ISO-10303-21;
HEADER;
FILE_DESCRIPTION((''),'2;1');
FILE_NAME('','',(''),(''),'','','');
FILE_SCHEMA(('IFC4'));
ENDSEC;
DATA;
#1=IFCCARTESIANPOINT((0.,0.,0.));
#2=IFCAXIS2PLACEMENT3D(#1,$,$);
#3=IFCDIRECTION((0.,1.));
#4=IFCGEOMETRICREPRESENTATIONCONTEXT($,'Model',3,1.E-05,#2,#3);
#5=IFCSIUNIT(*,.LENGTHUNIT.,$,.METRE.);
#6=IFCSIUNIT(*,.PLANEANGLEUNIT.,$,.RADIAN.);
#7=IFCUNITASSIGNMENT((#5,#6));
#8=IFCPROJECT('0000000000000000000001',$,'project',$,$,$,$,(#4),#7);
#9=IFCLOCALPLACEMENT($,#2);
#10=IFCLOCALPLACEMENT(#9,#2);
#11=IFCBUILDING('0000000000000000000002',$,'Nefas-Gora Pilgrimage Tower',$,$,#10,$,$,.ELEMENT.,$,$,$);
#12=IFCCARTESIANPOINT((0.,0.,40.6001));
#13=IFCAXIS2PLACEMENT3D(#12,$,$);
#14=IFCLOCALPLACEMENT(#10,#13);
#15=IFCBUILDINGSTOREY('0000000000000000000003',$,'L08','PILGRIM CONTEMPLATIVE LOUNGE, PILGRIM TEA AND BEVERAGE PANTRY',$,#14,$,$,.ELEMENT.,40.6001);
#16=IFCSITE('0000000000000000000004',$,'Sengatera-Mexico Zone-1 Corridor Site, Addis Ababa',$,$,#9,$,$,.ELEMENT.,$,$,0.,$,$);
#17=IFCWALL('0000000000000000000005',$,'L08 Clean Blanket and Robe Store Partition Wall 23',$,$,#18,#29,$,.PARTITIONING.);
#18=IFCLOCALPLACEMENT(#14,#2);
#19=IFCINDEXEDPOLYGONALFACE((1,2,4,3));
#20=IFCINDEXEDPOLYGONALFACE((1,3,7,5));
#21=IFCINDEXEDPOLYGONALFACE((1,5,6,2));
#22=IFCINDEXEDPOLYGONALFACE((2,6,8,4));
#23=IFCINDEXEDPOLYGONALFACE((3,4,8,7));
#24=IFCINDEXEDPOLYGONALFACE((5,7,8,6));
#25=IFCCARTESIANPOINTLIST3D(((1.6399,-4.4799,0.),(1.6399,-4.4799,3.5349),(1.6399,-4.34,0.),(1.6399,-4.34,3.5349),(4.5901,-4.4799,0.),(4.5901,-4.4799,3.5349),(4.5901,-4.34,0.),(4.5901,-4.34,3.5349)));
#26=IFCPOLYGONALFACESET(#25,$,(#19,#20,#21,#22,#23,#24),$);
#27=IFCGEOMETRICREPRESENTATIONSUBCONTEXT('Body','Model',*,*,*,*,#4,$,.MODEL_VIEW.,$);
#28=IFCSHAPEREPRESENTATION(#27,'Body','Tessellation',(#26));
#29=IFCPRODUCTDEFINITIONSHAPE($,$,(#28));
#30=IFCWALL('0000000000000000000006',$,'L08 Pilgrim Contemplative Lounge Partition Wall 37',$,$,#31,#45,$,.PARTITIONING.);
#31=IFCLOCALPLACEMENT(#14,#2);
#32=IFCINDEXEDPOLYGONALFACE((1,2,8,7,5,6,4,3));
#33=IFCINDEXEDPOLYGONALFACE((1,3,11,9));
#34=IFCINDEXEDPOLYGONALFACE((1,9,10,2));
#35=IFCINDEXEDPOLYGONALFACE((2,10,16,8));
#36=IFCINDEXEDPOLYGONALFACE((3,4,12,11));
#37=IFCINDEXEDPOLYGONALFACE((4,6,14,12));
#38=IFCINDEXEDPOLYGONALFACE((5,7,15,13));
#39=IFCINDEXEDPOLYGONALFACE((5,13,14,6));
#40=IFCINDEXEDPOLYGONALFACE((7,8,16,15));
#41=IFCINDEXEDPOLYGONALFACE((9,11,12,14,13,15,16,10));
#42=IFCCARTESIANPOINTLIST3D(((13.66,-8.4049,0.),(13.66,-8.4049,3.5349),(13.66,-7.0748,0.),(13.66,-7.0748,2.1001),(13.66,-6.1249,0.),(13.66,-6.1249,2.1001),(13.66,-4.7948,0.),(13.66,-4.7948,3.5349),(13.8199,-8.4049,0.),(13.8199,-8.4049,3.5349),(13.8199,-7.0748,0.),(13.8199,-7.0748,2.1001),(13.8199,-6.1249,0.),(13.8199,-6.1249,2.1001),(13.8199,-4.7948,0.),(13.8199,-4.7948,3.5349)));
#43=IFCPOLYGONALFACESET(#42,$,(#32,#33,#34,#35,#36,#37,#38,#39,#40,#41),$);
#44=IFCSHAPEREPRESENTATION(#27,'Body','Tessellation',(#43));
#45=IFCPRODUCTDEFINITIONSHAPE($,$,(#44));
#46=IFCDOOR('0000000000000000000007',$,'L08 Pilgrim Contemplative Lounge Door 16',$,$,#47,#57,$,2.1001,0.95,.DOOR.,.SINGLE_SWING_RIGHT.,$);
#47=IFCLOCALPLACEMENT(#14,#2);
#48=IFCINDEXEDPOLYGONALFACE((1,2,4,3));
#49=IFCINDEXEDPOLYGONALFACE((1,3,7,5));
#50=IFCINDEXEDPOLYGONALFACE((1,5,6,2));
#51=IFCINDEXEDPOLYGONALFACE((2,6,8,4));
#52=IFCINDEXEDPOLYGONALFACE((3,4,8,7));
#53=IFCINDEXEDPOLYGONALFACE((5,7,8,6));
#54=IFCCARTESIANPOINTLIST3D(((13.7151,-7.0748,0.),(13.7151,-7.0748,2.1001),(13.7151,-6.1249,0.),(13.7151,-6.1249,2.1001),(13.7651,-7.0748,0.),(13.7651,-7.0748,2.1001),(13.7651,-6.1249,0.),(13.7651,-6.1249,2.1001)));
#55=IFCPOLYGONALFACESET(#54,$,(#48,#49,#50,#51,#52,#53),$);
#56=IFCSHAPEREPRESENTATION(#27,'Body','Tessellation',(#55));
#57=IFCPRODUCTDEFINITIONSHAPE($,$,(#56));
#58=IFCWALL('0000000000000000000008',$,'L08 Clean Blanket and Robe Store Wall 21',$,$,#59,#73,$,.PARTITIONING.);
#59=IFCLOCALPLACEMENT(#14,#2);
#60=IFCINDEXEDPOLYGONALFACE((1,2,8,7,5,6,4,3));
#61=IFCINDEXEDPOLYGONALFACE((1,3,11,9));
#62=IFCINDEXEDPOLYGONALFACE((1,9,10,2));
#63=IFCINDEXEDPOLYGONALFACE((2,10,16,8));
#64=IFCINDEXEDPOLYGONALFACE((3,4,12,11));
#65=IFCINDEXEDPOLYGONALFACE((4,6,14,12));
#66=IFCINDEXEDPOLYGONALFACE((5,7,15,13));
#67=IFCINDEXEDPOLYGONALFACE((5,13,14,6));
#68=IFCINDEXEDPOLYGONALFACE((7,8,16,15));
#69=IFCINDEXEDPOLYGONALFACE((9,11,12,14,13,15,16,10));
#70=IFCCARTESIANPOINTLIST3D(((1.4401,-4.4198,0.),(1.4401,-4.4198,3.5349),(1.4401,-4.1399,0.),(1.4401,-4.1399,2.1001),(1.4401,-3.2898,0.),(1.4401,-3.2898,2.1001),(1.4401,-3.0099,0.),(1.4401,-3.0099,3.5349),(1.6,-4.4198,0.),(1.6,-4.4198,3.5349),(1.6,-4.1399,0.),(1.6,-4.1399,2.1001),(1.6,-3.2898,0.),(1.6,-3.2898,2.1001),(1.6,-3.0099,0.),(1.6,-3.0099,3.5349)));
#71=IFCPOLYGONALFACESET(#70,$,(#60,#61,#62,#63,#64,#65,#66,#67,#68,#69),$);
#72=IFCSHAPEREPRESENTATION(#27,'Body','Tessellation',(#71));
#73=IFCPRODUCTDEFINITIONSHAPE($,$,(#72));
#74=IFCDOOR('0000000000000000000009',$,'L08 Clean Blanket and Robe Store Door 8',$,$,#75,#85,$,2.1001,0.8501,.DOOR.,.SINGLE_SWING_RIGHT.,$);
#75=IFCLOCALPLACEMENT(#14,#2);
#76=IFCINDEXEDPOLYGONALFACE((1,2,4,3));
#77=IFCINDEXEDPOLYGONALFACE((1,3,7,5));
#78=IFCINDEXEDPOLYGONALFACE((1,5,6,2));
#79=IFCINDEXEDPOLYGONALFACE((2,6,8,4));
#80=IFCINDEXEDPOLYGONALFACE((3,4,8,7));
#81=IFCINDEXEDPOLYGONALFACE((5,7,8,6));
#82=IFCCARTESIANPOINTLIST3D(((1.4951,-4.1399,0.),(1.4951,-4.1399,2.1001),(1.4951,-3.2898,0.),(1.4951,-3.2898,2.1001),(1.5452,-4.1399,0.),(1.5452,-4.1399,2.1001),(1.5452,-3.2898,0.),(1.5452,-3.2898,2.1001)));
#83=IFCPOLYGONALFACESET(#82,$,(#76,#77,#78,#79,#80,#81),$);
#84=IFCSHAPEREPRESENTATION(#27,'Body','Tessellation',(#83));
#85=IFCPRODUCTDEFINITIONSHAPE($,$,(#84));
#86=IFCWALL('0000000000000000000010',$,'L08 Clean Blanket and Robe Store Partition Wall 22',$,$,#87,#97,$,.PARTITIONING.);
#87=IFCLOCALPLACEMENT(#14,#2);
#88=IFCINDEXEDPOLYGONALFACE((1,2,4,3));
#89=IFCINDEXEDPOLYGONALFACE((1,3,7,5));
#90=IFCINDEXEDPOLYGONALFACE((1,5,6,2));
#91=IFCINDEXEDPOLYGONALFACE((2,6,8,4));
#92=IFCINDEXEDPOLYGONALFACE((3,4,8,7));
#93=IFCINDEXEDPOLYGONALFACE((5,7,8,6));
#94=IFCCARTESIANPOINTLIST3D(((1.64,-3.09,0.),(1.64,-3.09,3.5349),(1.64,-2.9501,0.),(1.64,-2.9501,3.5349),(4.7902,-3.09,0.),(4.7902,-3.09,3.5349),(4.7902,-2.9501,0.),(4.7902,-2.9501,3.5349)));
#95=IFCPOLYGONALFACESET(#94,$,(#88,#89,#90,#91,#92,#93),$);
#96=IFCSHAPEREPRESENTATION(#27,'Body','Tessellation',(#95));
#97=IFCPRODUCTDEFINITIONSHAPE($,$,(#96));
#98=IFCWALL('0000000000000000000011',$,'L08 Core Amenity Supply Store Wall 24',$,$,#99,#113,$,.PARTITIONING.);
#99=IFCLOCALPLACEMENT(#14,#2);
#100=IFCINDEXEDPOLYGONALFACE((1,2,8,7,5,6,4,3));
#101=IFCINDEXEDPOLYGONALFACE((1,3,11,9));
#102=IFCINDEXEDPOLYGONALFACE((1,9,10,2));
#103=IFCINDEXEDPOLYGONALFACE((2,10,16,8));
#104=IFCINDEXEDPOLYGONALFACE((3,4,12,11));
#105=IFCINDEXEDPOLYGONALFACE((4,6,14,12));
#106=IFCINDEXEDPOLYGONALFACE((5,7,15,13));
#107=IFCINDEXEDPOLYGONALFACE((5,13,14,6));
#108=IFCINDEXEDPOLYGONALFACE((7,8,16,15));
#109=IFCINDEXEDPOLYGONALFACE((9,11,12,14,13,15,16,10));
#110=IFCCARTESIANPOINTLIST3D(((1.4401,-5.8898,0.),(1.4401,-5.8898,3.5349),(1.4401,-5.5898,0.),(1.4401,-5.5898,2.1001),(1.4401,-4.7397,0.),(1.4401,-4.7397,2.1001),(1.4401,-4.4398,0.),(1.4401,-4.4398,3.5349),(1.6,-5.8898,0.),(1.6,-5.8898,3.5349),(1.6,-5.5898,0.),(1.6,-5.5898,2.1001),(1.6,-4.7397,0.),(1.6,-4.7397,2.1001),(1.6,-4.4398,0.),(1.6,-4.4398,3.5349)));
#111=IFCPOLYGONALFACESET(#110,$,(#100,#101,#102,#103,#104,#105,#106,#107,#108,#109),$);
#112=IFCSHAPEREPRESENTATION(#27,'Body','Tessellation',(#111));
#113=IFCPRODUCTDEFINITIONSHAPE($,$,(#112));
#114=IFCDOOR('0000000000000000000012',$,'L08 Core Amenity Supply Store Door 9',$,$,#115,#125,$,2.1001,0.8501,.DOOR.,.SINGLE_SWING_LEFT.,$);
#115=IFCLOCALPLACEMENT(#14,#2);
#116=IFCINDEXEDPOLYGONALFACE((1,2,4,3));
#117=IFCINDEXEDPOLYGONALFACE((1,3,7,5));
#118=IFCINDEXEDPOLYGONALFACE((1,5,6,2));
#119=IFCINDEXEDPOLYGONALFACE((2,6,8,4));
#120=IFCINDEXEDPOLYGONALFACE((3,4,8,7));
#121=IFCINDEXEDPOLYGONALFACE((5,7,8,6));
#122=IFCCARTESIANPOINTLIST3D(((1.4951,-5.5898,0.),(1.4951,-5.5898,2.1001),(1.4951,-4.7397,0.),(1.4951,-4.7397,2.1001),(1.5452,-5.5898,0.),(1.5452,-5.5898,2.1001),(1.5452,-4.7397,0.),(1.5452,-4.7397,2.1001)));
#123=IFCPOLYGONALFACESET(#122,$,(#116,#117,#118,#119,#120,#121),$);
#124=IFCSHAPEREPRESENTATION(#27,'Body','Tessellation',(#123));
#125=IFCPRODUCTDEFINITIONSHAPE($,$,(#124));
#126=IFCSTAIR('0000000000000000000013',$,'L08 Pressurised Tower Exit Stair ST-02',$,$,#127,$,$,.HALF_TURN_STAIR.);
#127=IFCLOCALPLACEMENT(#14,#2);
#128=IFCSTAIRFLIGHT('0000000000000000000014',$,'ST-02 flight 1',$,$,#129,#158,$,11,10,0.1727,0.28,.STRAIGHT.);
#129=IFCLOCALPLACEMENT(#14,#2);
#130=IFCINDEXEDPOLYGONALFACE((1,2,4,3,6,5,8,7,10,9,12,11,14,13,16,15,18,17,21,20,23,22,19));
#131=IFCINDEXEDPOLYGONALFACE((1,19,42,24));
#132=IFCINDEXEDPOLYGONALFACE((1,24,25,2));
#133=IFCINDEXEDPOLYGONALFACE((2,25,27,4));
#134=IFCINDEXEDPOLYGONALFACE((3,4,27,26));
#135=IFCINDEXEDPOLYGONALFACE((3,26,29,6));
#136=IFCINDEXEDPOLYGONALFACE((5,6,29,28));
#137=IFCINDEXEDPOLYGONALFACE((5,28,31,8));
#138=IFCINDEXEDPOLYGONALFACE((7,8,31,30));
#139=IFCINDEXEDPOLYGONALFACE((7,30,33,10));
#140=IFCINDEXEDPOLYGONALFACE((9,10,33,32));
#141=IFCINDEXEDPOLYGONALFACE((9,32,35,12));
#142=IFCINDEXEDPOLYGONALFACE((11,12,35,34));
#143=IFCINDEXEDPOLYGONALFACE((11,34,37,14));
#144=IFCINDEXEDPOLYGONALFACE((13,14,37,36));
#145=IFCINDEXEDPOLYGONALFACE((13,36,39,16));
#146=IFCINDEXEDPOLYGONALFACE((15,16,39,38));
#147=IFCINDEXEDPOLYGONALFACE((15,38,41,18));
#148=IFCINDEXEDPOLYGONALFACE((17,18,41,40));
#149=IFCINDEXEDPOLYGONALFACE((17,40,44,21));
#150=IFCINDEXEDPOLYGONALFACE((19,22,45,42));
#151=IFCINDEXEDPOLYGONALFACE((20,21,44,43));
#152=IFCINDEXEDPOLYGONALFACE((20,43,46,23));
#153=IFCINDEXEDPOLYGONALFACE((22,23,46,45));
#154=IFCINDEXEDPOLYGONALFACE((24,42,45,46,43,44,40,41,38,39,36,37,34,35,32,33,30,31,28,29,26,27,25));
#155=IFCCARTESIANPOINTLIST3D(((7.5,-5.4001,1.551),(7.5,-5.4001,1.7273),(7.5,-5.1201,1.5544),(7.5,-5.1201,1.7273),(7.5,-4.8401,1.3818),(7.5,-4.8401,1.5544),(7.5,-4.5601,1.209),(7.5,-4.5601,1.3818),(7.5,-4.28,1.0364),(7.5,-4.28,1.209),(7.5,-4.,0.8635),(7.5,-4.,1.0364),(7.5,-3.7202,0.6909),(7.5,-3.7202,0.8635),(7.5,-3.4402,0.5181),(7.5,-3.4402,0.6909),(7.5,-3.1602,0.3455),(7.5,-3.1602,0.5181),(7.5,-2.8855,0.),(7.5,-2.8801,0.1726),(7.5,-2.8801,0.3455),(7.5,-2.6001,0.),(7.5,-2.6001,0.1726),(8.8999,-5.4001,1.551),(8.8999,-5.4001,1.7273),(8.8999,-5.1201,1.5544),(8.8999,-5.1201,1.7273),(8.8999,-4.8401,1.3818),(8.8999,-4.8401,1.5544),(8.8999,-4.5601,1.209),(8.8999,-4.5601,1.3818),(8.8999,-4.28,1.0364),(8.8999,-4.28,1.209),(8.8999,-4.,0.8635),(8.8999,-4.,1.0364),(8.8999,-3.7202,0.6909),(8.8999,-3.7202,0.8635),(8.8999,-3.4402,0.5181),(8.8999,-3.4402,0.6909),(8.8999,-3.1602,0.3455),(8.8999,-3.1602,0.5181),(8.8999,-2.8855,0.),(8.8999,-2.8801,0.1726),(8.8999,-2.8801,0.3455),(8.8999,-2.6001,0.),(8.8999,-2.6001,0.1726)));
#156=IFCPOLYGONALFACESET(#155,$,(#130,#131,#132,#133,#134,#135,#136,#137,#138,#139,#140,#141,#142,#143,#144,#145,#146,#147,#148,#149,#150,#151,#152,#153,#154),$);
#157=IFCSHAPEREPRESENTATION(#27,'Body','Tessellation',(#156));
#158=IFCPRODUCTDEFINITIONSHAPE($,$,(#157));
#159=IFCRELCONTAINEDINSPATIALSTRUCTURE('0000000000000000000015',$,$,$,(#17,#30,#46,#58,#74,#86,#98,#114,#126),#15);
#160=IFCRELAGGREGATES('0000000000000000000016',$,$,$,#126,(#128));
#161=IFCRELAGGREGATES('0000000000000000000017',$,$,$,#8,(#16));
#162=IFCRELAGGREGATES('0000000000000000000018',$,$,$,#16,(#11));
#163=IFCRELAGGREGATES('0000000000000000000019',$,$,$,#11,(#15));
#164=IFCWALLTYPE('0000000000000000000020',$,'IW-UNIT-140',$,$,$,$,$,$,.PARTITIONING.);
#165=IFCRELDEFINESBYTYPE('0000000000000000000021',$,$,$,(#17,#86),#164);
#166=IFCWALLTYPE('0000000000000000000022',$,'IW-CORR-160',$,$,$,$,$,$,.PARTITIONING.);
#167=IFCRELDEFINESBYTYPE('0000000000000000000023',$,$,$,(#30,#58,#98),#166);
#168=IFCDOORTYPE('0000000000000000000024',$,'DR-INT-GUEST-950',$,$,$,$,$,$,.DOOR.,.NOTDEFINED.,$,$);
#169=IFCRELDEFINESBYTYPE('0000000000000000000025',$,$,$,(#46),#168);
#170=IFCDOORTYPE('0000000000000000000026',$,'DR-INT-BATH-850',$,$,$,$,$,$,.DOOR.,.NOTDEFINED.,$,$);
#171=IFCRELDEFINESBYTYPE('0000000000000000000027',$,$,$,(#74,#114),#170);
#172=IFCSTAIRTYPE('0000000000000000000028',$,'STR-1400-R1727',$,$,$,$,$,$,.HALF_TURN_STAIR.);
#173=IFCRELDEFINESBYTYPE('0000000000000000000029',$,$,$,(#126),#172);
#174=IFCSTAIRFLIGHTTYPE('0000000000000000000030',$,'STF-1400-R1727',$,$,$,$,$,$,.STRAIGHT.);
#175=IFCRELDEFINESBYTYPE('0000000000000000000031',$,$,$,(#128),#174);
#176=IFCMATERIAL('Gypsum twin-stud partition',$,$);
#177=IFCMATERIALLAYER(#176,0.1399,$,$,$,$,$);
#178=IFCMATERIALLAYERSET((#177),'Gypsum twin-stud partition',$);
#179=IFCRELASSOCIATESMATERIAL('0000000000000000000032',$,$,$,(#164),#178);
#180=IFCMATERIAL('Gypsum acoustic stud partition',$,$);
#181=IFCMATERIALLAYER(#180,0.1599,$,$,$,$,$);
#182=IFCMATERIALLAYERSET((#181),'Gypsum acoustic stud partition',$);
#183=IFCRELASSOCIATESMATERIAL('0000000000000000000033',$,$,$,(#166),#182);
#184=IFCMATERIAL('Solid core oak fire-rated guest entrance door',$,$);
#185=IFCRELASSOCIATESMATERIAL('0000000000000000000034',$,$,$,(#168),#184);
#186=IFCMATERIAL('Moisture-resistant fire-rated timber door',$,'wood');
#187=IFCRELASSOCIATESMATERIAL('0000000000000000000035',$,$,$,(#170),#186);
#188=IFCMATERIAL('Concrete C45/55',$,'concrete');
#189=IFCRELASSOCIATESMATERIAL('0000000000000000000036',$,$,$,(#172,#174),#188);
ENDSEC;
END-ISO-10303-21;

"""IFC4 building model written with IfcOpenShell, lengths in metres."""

from ifc_helpers import new_model, si_unit, direction, frame, frame_2d, origin, place, context, subcontext, project, spatial, polyline, rectangle, outline, extrude, source, transform, mapped, material, layer, layer_set, type_object, element, fill, aggregate, save


model = new_model("IFC4")

# Units and contexts
model_context = context("Model", 3, precision=1e-05, world=origin(), true_north=direction((0.0, 1.0)))
body_context = subcontext(model_context, "Body", "Model", "MODEL_VIEW")
ifc_project = project(units=[si_unit("LENGTHUNIT", "METRE"), si_unit("PLANEANGLEUNIT", "RADIAN")], contexts=[model_context])

# Site, building, storey
site_placement = place(None, origin())
site = spatial("IfcSite", under=ifc_project, at=site_placement, Name="Sengatera-Mexico Zone-1 Corridor Site, Addis Ababa", CompositionType="ELEMENT", RefElevation=0.0)
building_placement = place(site_placement, origin())
building = spatial("IfcBuilding", under=site, at=building_placement, Name="Nefas-Gora Pilgrimage Tower", CompositionType="ELEMENT")
storey_placement = place(building_placement, frame((0.0, 0.0, 40.6001)))
storey = spatial("IfcBuildingStorey", under=building, at=storey_placement, Name="L08", Description="PILGRIM CONTEMPLATIVE LOUNGE, PILGRIM TEA AND BEVERAGE PANTRY", CompositionType="ELEMENT", Elevation=40.6001)

# Shared definitions
ifc_material_1 = material(Name="Concrete C45/55", Category="concrete")

# Wall
ifc_material_2 = material(Name="Gypsum twin-stud partition")
ifc_layer_1 = layer(ifc_material_2, 0.1399)
ifc_layer_set_1 = layer_set([ifc_layer_1], Name="Gypsum twin-stud partition")
wall_type_1 = type_object("IfcWallType", Name="IW-UNIT-140", PredefinedType="PARTITIONING", material=ifc_layer_set_1)
ifc_material_3 = material(Name="Gypsum acoustic stud partition")
ifc_layer_2 = layer(ifc_material_3, 0.1599)
ifc_layer_set_2 = layer_set([ifc_layer_2], Name="Gypsum acoustic stud partition")
wall_type_2 = type_object("IfcWallType", Name="IW-CORR-160", PredefinedType="PARTITIONING", material=ifc_layer_set_2)
shared_shape_1 = source(origin(), body_context, "Body", "SweptSolid", [
    extrude(rectangle(XDim=2.9502, YDim=0.1399, at=frame_2d((1.4751, 0.0))), origin(), (0.0, 0.0, 1.0), 3.5349),
])
wall_1_placement = place(storey_placement, frame((1.6399, -4.4099, 0.0), z_axis=(0.0, 0.0, 1.0), x_axis=(1.0, 0.0, 0.0)))
element("IfcWall", 1, at=wall_1_placement, inside=storey, type_object=wall_type_1, Name="L08 Clean Blanket and Robe Store Partition Wall 23", PredefinedType="PARTITIONING", context=body_context, shape_type="MappedRepresentation", body=[
    mapped(shared_shape_1, transform((0.0, 0.0, 0.0), x_axis=(1.0, 0.0, 0.0), y_axis=(0.0, 1.0, 0.0), z_axis=(0.0, 0.0, 1.0), scale=1.0)),
])

# Walls, openings, doors
shared_shape_2 = source(origin(), body_context, "Body", "SweptSolid", [
    extrude(rectangle(XDim=3.6101, YDim=0.1599, at=frame_2d((1.8052, 0.0))), origin(), (0.0, 0.0, 1.0), 3.5349),
])
wall_2_placement = place(storey_placement, frame((13.74, -8.405, 0.0), z_axis=(0.0, 0.0, 1.0), x_axis=(0.0, 1.0, 0.0)))
wall_2 = element("IfcWall", 2, at=wall_2_placement, inside=storey, type_object=wall_type_2, Name="L08 Pilgrim Contemplative Lounge Partition Wall 37", PredefinedType="PARTITIONING", context=body_context, shape_type="MappedRepresentation", body=[
    mapped(shared_shape_2, transform((0.0, 0.0, 0.0), x_axis=(1.0, 0.0, 0.0), y_axis=(0.0, 1.0, 0.0), z_axis=(0.0, 0.0, 1.0), scale=1.0)),
])
opening_1_placement = place(wall_2_placement, frame((1.3301, 0.0, 0.0)))
opening_1 = element("IfcOpeningElement", 3, at=opening_1_placement, cuts=wall_2, PredefinedType="OPENING", context=body_context, shape_type="SweptSolid", body=[
    extrude(rectangle(XDim=0.95, YDim=2.1001, at=frame_2d((0.4751, 1.05))), frame((0.0, 0.0898, 0.0), z_axis=(0.0, -1.0, 0.0), x_axis=(1.0, 0.0, 0.0)), (0.0, 0.0, 1.0), 0.1799),
])
ifc_material_4 = material(Name="Solid core oak fire-rated guest entrance door")
door_type_1 = type_object("IfcDoorType", Name="DR-INT-GUEST-950", OperationType="NOTDEFINED", PredefinedType="DOOR", material=ifc_material_4)
shared_shape_3 = source(origin(), body_context, "Body", "SweptSolid", [
    extrude(rectangle(XDim=0.95, YDim=2.1001, at=frame_2d((0.4751, 1.05))), frame((0.0, 0.0249, 0.0), z_axis=(0.0, -1.0, 0.0), x_axis=(1.0, 0.0, 0.0)), (0.0, 0.0, 1.0), 0.05),
])
door_1_placement = place(opening_1_placement, origin())
door_1 = element("IfcDoor", 4, at=door_1_placement, inside=storey, type_object=door_type_1, Name="L08 Pilgrim Contemplative Lounge Door 16", OperationType="SINGLE_SWING_RIGHT", OverallHeight=2.1001, OverallWidth=0.95, PredefinedType="DOOR", context=body_context, shape_type="MappedRepresentation", body=[
    mapped(shared_shape_3, transform((0.0, 0.0, 0.0), x_axis=(1.0, 0.0, 0.0), y_axis=(0.0, 1.0, 0.0), z_axis=(0.0, 0.0, 1.0), scale=1.0)),
])
fill(opening_1, door_1)
shared_shape_4 = source(origin(), body_context, "Body", "SweptSolid", [
    extrude(rectangle(XDim=1.4099, YDim=0.1599, at=frame_2d((0.7051, 0.0))), origin(), (0.0, 0.0, 1.0), 3.5349),
])
wall_3_placement = place(storey_placement, frame((1.52, -4.4199, 0.0), z_axis=(0.0, 0.0, 1.0), x_axis=(0.0, 1.0, 0.0)))
wall_3 = element("IfcWall", 5, at=wall_3_placement, inside=storey, type_object=wall_type_2, Name="L08 Clean Blanket and Robe Store Wall 21", PredefinedType="PARTITIONING", context=body_context, shape_type="MappedRepresentation", body=[
    mapped(shared_shape_4, transform((0.0, 0.0, 0.0), x_axis=(1.0, 0.0, 0.0), y_axis=(0.0, 1.0, 0.0), z_axis=(0.0, 0.0, 1.0), scale=1.0)),
])
opening_2_placement = place(wall_3_placement, frame((0.28, 0.0, 0.0)))
opening_2 = element("IfcOpeningElement", 6, at=opening_2_placement, cuts=wall_3, PredefinedType="OPENING", context=body_context, shape_type="SweptSolid", body=[
    extrude(rectangle(XDim=0.8501, YDim=2.1001, at=frame_2d((0.425, 1.05))), frame((0.0, 0.0898, 0.0), z_axis=(0.0, -1.0, 0.0), x_axis=(1.0, 0.0, 0.0)), (0.0, 0.0, 1.0), 0.1799),
])
ifc_material_5 = material(Name="Moisture-resistant fire-rated timber door", Category="wood")
door_type_2 = type_object("IfcDoorType", Name="DR-INT-BATH-850", OperationType="NOTDEFINED", PredefinedType="DOOR", material=ifc_material_5)
shared_shape_5 = source(origin(), body_context, "Body", "SweptSolid", [
    extrude(rectangle(XDim=0.8501, YDim=2.1001, at=frame_2d((0.425, 1.05))), frame((0.0, 0.0249, 0.0), z_axis=(0.0, -1.0, 0.0), x_axis=(1.0, 0.0, 0.0)), (0.0, 0.0, 1.0), 0.05),
])
door_2_placement = place(opening_2_placement, origin())
door_2 = element("IfcDoor", 7, at=door_2_placement, inside=storey, type_object=door_type_2, Name="L08 Clean Blanket and Robe Store Door 8", OperationType="SINGLE_SWING_RIGHT", OverallHeight=2.1001, OverallWidth=0.8501, PredefinedType="DOOR", context=body_context, shape_type="MappedRepresentation", body=[
    mapped(shared_shape_5, transform((0.0, 0.0, 0.0), x_axis=(1.0, 0.0, 0.0), y_axis=(0.0, 1.0, 0.0), z_axis=(0.0, 0.0, 1.0), scale=1.0)),
])
fill(opening_2, door_2)

# Wall
shared_shape_6 = source(origin(), body_context, "Body", "SweptSolid", [
    extrude(rectangle(XDim=3.1501, YDim=0.1399, at=frame_2d((1.5752, 0.0))), origin(), (0.0, 0.0, 1.0), 3.5349),
])
wall_4_placement = place(storey_placement, frame((1.6399, -3.02, 0.0), z_axis=(0.0, 0.0, 1.0), x_axis=(1.0, 0.0, 0.0)))
element("IfcWall", 8, at=wall_4_placement, inside=storey, type_object=wall_type_1, Name="L08 Clean Blanket and Robe Store Partition Wall 22", PredefinedType="PARTITIONING", context=body_context, shape_type="MappedRepresentation", body=[
    mapped(shared_shape_6, transform((0.0, 0.0, 0.0), x_axis=(1.0, 0.0, 0.0), y_axis=(0.0, 1.0, 0.0), z_axis=(0.0, 0.0, 1.0), scale=1.0)),
])

# Wall, opening, door
shared_shape_7 = source(origin(), body_context, "Body", "SweptSolid", [
    extrude(rectangle(XDim=1.45, YDim=0.1599, at=frame_2d((0.7251, 0.0))), origin(), (0.0, 0.0, 1.0), 3.5349),
])
wall_5_placement = place(storey_placement, frame((1.52, -5.8899, 0.0), z_axis=(0.0, 0.0, 1.0), x_axis=(0.0, 1.0, 0.0)))
wall_5 = element("IfcWall", 9, at=wall_5_placement, inside=storey, type_object=wall_type_2, Name="L08 Core Amenity Supply Store Wall 24", PredefinedType="PARTITIONING", context=body_context, shape_type="MappedRepresentation", body=[
    mapped(shared_shape_7, transform((0.0, 0.0, 0.0), x_axis=(1.0, 0.0, 0.0), y_axis=(0.0, 1.0, 0.0), z_axis=(0.0, 0.0, 1.0), scale=1.0)),
])
opening_3_placement = place(wall_5_placement, frame((0.3, 0.0, 0.0)))
opening_3 = element("IfcOpeningElement", 10, at=opening_3_placement, cuts=wall_5, PredefinedType="OPENING", context=body_context, shape_type="SweptSolid", body=[
    extrude(rectangle(XDim=0.8501, YDim=2.1001, at=frame_2d((0.425, 1.05))), frame((0.0, 0.0898, 0.0), z_axis=(0.0, -1.0, 0.0), x_axis=(1.0, 0.0, 0.0)), (0.0, 0.0, 1.0), 0.1799),
])
door_3_placement = place(opening_3_placement, origin())
door_3 = element("IfcDoor", 11, at=door_3_placement, inside=storey, type_object=door_type_2, Name="L08 Core Amenity Supply Store Door 9", OperationType="SINGLE_SWING_LEFT", OverallHeight=2.1001, OverallWidth=0.8501, PredefinedType="DOOR", context=body_context, shape_type="MappedRepresentation", body=[
    mapped(shared_shape_5, transform((0.0, 0.0, 0.0), x_axis=(1.0, 0.0, 0.0), y_axis=(0.0, 1.0, 0.0), z_axis=(0.0, 0.0, 1.0), scale=1.0)),
])
fill(opening_3, door_3)

# Stair, stair flight
stair_type = type_object("IfcStairType", Name="STR-1400-R1727", PredefinedType="HALF_TURN_STAIR", material=ifc_material_1)
stair_placement = place(storey_placement, origin())
stair = element("IfcStair", 12, at=stair_placement, inside=storey, type_object=stair_type, Name="L08 Pressurised Tower Exit Stair ST-02", PredefinedType="HALF_TURN_STAIR")
stair_flight_type = type_object("IfcStairFlightType", Name="STF-1400-R1727", PredefinedType="STRAIGHT", material=ifc_material_1)
shared_shape_8 = source(origin(), body_context, "Body", "SweptSolid", [
    extrude(outline(polyline([(0.0, 0.0), (0.0, 0.1726), (0.28, 0.1726), (0.28, 0.3455), (0.5601, 0.3455), (0.5601, 0.5181), (0.8401, 0.5181), (0.8401, 0.6909), (1.1201, 0.6909), (1.1201, 0.8635), (1.3999, 0.8635), (1.3999, 1.0364), (1.6799, 1.0364), (1.6799, 1.209), (1.96, 1.209), (1.96, 1.3818), (2.24, 1.3818), (2.24, 1.5544), (2.52, 1.5544), (2.52, 1.7273), (2.8, 1.7273), (2.8, 1.8999), (2.8, 1.551), (0.2854, 0.0), (0.0, 0.0)])), frame((0.0, 0.7, 0.0), z_axis=(0.0, -1.0, 0.0), x_axis=(1.0, 0.0, 0.0)), (0.0, 0.0, 1.0), 1.3999),
])
stair_flight_1_placement = place(storey_placement, frame((8.2, -2.6001, 0.0), z_axis=(0.0, 0.0, 1.0), x_axis=(0.0, -1.0, 0.0)))
stair_flight_1 = element("IfcStairFlight", 13, at=stair_flight_1_placement, type_object=stair_flight_type, Name="ST-02 flight 1", NumberOfRisers=11, NumberOfTreads=10, PredefinedType="STRAIGHT", RiserHeight=0.1727, TreadLength=0.28, context=body_context, shape_type="MappedRepresentation", body=[
    mapped(shared_shape_8, transform((0.0, 0.0, 0.0), x_axis=(1.0, 0.0, 0.0), y_axis=(0.0, 1.0, 0.0), z_axis=(0.0, 0.0, 1.0), scale=1.0)),
])
aggregate(stair, [stair_flight_1])

save(model, "model.ifc")
